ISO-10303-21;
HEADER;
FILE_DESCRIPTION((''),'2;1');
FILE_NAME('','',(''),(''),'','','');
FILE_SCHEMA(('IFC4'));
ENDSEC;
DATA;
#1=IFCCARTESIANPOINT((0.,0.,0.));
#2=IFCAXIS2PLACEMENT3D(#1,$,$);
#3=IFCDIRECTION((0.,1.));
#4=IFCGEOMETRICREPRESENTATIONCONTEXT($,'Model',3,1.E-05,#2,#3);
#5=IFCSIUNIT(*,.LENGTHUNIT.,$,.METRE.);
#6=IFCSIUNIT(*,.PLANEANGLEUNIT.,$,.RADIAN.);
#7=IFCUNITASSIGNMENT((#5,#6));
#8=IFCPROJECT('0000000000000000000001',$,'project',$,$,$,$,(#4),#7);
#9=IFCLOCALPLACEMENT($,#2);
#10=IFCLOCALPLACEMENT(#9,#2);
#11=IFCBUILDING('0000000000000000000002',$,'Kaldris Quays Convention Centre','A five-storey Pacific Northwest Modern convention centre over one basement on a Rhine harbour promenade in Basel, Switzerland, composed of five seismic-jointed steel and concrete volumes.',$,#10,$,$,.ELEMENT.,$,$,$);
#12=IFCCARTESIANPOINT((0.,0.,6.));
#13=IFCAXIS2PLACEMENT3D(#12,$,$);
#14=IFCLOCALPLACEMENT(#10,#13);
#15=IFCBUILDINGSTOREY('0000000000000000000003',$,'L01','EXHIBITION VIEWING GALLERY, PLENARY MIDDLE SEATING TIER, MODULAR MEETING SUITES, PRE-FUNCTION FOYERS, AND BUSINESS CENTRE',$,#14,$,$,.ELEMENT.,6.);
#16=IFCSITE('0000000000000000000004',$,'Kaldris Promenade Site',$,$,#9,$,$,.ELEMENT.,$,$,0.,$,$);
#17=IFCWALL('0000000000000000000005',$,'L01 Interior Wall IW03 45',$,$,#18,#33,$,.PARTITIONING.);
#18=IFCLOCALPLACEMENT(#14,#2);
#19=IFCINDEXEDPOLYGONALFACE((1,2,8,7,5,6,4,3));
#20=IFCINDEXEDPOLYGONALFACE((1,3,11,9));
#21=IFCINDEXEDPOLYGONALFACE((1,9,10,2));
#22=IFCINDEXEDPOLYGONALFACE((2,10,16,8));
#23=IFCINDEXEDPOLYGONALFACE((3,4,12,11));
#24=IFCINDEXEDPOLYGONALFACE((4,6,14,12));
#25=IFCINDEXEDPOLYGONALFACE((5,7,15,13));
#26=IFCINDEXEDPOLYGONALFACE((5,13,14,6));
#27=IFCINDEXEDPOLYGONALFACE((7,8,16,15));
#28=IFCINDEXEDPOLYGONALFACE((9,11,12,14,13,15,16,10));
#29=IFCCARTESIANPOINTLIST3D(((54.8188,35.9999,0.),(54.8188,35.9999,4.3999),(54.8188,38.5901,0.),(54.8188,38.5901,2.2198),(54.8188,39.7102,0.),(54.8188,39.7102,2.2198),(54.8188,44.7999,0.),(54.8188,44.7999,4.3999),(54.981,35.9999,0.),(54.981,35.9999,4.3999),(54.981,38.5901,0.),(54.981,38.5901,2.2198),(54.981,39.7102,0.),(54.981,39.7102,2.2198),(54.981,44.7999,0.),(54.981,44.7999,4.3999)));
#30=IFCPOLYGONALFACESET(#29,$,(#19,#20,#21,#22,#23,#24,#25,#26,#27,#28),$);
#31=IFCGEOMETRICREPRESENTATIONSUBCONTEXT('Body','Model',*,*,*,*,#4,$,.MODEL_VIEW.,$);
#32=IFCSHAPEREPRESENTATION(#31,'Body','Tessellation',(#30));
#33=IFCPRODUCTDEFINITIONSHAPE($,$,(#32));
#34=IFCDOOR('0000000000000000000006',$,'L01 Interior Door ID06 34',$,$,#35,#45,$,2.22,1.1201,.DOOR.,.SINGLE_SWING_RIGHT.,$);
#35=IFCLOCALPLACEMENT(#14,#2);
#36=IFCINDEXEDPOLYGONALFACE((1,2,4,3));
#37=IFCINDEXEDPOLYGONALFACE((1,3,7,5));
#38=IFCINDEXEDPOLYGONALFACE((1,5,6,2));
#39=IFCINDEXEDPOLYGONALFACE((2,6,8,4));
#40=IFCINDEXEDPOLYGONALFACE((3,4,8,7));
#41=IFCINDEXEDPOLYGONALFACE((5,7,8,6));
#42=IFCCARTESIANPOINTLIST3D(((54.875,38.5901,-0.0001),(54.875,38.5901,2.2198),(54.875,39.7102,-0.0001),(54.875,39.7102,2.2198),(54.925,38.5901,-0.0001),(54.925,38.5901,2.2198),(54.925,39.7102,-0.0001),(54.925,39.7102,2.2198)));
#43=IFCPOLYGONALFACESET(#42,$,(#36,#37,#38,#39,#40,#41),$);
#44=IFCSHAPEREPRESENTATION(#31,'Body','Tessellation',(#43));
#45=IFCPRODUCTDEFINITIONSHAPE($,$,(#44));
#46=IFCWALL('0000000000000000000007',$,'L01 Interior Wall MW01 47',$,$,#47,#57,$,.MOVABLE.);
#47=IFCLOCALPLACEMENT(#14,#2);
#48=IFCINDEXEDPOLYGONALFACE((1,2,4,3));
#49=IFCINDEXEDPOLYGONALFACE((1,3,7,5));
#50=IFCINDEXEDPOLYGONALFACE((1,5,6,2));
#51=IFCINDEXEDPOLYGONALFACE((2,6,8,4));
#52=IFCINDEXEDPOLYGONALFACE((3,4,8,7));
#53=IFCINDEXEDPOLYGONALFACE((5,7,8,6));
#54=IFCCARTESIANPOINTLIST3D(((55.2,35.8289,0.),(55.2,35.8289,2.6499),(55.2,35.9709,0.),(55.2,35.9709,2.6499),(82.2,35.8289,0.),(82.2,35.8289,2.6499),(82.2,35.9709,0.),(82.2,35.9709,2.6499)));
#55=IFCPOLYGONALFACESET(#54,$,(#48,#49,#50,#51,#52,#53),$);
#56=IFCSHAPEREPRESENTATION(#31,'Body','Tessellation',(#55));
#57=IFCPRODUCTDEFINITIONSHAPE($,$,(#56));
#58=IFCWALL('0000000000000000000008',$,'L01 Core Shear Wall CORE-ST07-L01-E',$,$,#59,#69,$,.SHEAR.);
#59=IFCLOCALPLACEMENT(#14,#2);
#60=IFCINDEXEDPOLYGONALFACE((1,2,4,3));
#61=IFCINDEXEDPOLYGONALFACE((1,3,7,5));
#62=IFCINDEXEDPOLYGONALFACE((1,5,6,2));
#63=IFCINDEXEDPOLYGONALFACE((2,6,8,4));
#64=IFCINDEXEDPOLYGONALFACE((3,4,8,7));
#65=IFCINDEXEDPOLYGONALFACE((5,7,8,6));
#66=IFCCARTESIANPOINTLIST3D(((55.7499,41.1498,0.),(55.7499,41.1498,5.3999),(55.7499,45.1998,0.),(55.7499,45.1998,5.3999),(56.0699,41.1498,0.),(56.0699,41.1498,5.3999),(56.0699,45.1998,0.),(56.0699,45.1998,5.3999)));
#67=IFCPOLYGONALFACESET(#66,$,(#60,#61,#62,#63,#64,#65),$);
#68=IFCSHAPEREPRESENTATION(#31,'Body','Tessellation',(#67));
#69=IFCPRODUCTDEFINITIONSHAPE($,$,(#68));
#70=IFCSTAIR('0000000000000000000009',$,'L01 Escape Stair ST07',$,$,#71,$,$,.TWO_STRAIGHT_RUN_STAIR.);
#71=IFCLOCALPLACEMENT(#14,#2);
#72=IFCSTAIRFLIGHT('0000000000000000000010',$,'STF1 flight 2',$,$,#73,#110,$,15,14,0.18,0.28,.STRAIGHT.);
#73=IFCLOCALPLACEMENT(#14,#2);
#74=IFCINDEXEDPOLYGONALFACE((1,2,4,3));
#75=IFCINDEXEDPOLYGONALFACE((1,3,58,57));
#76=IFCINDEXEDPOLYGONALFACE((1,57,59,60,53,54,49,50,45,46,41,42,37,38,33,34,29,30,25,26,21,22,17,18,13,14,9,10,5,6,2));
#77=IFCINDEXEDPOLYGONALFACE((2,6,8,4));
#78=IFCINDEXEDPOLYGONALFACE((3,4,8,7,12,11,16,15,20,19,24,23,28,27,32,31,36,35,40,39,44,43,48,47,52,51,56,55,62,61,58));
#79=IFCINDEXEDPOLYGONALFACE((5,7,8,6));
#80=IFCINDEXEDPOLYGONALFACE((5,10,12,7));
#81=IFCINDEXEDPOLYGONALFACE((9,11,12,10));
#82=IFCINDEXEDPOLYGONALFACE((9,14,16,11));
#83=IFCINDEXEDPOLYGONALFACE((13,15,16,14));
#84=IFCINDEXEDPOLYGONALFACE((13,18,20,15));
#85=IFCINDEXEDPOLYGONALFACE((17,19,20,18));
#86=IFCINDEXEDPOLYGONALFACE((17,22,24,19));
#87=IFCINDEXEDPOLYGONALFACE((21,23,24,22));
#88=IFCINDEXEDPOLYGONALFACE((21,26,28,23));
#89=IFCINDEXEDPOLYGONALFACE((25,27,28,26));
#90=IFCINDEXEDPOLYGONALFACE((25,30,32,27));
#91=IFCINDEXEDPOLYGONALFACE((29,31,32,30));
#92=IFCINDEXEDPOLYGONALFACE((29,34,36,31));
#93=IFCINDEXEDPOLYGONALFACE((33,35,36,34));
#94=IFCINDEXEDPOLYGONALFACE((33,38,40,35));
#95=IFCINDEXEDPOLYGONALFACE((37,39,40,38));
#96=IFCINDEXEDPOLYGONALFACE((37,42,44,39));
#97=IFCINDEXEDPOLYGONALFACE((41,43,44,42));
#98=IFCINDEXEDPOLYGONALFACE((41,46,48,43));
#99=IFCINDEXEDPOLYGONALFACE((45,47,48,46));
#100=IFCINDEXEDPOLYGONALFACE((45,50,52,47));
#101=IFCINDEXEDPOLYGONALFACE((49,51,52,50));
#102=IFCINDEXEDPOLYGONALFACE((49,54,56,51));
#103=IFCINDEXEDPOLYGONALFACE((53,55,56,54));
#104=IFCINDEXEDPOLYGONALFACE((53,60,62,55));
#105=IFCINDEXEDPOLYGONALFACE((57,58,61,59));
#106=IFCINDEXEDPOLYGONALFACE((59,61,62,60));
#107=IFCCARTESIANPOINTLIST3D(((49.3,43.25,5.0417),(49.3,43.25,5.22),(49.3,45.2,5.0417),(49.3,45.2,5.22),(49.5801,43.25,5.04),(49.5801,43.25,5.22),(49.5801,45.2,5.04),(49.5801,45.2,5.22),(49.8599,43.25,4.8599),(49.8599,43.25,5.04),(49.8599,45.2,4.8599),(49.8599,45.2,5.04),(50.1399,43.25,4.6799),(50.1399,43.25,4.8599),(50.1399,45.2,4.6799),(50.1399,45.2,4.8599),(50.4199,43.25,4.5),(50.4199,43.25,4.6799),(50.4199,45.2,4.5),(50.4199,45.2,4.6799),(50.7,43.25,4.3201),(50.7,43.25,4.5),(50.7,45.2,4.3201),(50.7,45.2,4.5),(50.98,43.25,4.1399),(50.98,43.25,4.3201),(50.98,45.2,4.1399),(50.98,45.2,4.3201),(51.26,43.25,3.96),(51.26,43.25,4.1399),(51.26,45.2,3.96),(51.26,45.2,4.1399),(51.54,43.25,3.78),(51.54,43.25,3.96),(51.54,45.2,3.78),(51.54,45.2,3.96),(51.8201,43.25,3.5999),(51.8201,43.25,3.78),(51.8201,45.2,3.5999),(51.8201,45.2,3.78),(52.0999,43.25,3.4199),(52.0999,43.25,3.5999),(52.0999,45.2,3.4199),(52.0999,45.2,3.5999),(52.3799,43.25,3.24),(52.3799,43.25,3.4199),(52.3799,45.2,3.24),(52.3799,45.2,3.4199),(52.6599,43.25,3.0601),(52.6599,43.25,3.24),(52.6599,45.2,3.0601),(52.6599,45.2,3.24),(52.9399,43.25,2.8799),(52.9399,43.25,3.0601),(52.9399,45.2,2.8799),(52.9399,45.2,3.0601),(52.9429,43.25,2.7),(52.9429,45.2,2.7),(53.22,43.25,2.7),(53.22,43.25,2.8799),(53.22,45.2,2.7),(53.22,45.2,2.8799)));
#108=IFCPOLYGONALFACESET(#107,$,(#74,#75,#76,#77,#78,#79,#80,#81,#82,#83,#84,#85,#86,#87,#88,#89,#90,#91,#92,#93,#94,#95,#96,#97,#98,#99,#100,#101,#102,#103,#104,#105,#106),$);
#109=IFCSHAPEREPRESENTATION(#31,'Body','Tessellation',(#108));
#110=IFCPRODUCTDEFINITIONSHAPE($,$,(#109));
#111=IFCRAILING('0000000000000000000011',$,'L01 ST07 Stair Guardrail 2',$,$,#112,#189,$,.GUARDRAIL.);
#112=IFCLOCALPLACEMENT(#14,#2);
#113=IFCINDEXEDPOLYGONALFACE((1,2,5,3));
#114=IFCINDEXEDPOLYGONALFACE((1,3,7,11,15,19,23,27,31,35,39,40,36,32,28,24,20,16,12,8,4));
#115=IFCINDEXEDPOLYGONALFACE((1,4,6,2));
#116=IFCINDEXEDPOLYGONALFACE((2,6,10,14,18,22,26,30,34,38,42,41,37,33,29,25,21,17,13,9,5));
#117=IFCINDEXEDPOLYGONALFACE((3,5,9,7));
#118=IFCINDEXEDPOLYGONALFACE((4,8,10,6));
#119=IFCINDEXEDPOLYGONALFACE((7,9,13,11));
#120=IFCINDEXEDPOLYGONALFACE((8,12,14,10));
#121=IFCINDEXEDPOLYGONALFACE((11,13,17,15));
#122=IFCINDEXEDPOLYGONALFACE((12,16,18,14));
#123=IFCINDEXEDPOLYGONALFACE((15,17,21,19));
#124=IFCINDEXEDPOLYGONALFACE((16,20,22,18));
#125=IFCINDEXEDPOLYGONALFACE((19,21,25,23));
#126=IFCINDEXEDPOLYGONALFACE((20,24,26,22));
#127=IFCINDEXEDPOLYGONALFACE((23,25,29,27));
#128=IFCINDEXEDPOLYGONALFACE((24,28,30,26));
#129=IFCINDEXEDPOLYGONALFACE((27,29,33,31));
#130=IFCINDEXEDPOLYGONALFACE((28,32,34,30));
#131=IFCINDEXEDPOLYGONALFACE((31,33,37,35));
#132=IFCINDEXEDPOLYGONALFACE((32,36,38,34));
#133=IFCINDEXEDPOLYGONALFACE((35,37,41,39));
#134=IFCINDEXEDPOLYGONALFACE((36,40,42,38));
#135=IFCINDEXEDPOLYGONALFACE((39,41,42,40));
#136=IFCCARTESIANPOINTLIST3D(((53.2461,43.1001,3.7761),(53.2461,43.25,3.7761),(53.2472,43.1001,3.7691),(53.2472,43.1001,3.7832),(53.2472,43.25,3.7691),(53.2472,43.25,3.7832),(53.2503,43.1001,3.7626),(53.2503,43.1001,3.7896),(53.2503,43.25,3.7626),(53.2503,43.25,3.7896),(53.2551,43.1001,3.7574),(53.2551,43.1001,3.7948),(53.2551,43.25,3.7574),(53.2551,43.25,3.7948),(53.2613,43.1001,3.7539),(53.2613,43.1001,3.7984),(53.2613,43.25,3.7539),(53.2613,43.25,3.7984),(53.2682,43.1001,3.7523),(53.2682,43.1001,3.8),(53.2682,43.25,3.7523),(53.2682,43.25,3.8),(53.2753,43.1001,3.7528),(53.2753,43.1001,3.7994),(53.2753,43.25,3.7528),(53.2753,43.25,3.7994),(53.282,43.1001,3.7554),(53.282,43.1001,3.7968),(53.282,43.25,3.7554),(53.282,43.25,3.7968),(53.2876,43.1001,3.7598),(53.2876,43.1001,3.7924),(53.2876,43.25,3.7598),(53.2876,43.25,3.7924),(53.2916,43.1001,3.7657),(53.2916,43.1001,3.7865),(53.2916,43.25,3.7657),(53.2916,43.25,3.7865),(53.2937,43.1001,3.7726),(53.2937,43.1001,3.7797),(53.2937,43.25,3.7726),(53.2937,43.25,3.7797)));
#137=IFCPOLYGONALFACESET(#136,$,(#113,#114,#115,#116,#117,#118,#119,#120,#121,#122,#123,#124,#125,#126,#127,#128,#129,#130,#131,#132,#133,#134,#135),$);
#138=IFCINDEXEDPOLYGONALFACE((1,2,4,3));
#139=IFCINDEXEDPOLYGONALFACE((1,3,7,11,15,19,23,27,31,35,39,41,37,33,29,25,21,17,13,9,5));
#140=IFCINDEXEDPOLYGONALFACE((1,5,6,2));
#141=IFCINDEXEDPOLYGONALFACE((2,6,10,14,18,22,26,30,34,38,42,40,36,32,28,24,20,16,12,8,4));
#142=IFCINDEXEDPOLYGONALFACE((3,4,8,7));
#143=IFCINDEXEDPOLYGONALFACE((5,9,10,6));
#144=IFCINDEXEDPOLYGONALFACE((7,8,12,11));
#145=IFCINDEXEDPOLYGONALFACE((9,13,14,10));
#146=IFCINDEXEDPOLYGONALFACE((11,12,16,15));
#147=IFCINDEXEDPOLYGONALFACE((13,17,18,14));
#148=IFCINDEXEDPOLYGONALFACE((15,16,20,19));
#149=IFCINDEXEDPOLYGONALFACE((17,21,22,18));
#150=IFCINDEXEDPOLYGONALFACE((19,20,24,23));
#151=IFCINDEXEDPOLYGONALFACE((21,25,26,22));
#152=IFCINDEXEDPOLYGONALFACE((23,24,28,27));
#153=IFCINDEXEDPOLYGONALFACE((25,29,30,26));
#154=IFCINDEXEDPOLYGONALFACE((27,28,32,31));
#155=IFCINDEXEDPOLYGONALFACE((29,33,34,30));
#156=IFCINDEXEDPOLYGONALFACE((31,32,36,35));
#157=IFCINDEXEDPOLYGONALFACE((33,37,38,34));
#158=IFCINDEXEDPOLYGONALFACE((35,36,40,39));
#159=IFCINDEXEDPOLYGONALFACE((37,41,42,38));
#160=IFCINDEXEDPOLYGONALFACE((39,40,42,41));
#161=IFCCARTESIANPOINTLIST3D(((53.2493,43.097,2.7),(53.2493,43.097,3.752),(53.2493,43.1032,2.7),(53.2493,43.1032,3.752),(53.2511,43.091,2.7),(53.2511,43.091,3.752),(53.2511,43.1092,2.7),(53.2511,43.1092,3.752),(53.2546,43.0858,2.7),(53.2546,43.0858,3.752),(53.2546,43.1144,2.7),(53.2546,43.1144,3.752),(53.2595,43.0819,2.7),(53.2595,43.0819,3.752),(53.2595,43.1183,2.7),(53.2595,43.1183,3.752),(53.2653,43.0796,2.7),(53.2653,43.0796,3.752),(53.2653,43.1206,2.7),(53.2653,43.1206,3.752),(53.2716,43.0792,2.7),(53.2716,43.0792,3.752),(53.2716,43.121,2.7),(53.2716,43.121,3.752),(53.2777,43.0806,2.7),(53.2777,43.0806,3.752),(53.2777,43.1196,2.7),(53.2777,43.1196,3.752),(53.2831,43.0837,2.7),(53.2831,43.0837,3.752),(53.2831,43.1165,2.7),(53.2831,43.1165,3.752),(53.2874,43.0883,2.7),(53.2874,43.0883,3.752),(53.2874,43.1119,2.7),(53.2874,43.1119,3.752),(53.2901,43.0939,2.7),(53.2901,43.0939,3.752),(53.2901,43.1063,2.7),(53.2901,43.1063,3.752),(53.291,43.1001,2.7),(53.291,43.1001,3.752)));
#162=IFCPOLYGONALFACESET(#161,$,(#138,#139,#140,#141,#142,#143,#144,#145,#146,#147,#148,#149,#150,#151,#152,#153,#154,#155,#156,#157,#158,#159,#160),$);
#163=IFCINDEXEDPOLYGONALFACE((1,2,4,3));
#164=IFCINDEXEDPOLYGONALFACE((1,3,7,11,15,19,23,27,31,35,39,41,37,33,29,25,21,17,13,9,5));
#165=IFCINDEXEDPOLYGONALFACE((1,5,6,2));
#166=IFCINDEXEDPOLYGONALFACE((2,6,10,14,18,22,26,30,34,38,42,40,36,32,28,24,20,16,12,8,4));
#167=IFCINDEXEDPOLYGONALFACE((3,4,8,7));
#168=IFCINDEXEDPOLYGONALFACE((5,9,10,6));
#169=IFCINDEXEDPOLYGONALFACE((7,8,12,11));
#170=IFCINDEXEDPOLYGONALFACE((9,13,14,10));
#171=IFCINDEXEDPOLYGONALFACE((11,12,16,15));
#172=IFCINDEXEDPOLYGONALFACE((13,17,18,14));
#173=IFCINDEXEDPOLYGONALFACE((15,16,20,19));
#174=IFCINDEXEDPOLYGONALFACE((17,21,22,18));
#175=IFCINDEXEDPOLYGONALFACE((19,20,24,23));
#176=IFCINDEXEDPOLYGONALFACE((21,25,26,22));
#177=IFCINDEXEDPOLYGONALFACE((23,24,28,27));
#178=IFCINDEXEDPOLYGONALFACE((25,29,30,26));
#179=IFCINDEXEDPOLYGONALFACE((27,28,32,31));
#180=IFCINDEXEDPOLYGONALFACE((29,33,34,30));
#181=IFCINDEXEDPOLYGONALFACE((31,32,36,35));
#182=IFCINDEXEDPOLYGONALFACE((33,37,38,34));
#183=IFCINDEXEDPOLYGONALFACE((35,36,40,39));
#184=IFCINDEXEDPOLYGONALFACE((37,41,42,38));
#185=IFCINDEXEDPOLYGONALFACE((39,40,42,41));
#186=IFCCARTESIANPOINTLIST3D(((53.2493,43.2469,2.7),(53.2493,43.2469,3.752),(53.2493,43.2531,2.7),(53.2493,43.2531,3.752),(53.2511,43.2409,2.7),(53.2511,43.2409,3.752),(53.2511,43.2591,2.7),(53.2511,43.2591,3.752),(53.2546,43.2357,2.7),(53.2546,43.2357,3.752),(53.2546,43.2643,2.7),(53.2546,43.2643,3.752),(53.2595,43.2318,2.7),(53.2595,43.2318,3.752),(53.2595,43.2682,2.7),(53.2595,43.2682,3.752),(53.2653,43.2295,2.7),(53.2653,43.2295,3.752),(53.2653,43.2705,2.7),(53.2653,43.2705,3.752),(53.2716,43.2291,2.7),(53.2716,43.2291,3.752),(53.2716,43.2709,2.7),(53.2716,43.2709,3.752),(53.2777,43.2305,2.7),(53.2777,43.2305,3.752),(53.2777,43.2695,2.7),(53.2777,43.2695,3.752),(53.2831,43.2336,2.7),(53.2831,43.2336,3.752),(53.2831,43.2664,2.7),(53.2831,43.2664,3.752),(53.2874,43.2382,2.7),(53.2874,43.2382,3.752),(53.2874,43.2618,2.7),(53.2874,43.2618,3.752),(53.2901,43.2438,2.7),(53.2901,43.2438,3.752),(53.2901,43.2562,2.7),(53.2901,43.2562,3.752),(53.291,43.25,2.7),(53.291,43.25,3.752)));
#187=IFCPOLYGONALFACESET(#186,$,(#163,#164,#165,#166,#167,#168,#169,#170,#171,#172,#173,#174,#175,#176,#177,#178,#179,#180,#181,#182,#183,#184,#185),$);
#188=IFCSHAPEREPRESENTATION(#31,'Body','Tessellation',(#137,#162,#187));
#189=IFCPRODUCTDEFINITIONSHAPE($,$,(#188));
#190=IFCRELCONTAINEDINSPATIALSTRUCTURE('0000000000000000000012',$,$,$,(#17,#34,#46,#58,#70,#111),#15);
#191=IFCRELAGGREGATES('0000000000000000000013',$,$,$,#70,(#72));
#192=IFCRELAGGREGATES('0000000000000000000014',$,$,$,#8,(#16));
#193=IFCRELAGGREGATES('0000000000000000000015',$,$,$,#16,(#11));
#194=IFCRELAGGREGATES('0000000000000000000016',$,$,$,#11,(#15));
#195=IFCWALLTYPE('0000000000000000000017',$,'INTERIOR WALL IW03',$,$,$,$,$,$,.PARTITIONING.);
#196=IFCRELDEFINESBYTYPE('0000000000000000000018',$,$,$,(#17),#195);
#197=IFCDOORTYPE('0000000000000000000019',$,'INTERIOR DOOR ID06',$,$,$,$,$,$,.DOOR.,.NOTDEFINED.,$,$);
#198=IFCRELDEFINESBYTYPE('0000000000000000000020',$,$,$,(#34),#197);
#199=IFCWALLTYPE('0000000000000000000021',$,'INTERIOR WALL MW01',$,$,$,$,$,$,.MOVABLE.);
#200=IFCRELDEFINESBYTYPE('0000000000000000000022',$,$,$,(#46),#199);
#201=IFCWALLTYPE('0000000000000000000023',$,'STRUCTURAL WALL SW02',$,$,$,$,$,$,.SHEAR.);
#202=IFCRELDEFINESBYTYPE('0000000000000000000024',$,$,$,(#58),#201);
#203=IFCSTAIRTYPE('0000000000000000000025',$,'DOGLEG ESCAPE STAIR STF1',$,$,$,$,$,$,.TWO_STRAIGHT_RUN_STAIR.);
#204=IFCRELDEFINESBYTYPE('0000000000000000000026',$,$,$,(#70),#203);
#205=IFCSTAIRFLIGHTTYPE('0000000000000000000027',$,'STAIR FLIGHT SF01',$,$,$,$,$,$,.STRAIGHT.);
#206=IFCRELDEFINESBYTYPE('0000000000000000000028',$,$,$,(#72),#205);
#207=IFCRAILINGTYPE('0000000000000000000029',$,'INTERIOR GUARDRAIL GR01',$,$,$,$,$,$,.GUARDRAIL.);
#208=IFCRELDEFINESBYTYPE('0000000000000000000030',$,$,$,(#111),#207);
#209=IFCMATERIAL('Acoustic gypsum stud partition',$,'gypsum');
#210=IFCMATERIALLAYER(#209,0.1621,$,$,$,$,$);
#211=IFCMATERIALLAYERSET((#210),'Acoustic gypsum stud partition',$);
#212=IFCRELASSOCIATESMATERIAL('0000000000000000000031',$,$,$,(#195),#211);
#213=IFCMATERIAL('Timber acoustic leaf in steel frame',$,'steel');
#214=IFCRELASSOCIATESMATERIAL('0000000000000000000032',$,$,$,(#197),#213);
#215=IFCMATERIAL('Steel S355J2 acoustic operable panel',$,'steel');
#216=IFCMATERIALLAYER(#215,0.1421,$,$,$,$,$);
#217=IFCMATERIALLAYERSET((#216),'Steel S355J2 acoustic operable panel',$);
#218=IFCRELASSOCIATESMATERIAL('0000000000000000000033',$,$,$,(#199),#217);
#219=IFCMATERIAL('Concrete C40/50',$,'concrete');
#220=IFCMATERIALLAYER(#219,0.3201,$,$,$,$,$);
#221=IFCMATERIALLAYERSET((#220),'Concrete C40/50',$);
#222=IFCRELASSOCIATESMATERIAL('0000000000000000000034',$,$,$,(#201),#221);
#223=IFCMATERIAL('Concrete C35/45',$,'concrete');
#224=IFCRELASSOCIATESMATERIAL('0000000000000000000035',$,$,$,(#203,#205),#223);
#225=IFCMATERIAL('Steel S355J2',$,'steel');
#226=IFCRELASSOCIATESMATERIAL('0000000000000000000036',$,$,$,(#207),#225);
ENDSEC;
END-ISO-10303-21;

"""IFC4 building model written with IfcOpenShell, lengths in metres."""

from ifc_helpers import new_model, si_unit, direction, frame, frame_2d, origin, origin_2d, place, context, subcontext, project, spatial, polyline, rectangle, circle, outline, extrude, material, layer, layer_set, type_object, element, fill, aggregate, save


model = new_model("IFC4")

# Units and contexts
model_context = context("Model", 3, precision=1e-05, world=origin(), true_north=direction((0.0, 1.0)))
body_context = subcontext(model_context, "Body", "Model", "MODEL_VIEW")
ifc_project = project(units=[si_unit("LENGTHUNIT", "METRE"), si_unit("PLANEANGLEUNIT", "RADIAN")], contexts=[model_context])

# Site, building, storey
site_placement = place(None, origin())
site = spatial("IfcSite", under=ifc_project, at=site_placement, Name="Kaldris Promenade Site", CompositionType="ELEMENT", RefElevation=0.0)
building_placement = place(site_placement, origin())
building = spatial("IfcBuilding", under=site, at=building_placement, Name="Kaldris Quays Convention Centre", Description="A five-storey Pacific Northwest Modern convention centre over one basement on a Rhine harbour promenade in Basel, Switzerland, composed of five seismic-jointed steel and concrete volumes.", CompositionType="ELEMENT")
storey_placement = place(building_placement, frame((0.0, 0.0, 6.0)))
storey = spatial("IfcBuildingStorey", under=building, at=storey_placement, Name="L01", Description="EXHIBITION VIEWING GALLERY, PLENARY MIDDLE SEATING TIER, MODULAR MEETING SUITES, PRE-FUNCTION FOYERS, AND BUSINESS CENTRE", CompositionType="ELEMENT", Elevation=6.0)

# Shared definitions
ifc_material_1 = material(Name="Steel S355J2", Category="steel")

# Wall, opening, door
ifc_material_2 = material(Name="Acoustic gypsum stud partition", Category="gypsum")
ifc_layer_1 = layer(ifc_material_2, 0.1621)
ifc_layer_set_1 = layer_set([ifc_layer_1], Name="Acoustic gypsum stud partition")
wall_type_1 = type_object("IfcWallType", Name="INTERIOR WALL IW03", PredefinedType="PARTITIONING", material=ifc_layer_set_1)
wall_1_placement = place(storey_placement, frame((54.8999, 36.0, 0.0), z_axis=(0.0, 0.0, 1.0), x_axis=(0.0, 1.0, 0.0)))
wall_1 = element("IfcWall", 1, at=wall_1_placement, inside=storey, type_object=wall_type_1, Name="L01 Interior Wall IW03 45", PredefinedType="PARTITIONING", context=body_context, shape_type="SweptSolid", body=[
    extrude(rectangle(XDim=8.8, YDim=0.1621, at=frame_2d((4.3999, 0.0))), origin(), (0.0, 0.0, 1.0), 4.3999),
])
opening_placement = place(wall_1_placement, frame((2.5901, 0.0, 0.0)))
opening = element("IfcOpeningElement", 2, at=opening_placement, cuts=wall_1, PredefinedType="OPENING", context=body_context, shape_type="SweptSolid", body=[
    extrude(rectangle(XDim=1.1201, YDim=2.22, at=frame_2d((0.5601, 1.1099))), frame((0.0, 0.0911, 0.0), z_axis=(0.0, -1.0, 0.0), x_axis=(1.0, 0.0, 0.0)), (0.0, 0.0, 1.0), 0.1821),
])
ifc_material_3 = material(Name="Timber acoustic leaf in steel frame", Category="steel")
door_type = type_object("IfcDoorType", Name="INTERIOR DOOR ID06", OperationType="NOTDEFINED", PredefinedType="DOOR", material=ifc_material_3)
door_placement = place(opening_placement, origin())
door = element("IfcDoor", 3, at=door_placement, inside=storey, type_object=door_type, Name="L01 Interior Door ID06 34", OperationType="SINGLE_SWING_RIGHT", OverallHeight=2.22, OverallWidth=1.1201, PredefinedType="DOOR", context=body_context, shape_type="SweptSolid", body=[
    extrude(rectangle(XDim=1.1201, YDim=2.22, at=frame_2d((0.5601, 1.1099))), frame((0.0, 0.0249, 0.0), z_axis=(0.0, -1.0, 0.0), x_axis=(1.0, 0.0, 0.0)), (0.0, 0.0, 1.0), 0.05),
])
fill(opening, door)

# Walls
ifc_material_4 = material(Name="Steel S355J2 acoustic operable panel", Category="steel")
ifc_layer_2 = layer(ifc_material_4, 0.1421)
ifc_layer_set_2 = layer_set([ifc_layer_2], Name="Steel S355J2 acoustic operable panel")
wall_type_2 = type_object("IfcWallType", Name="INTERIOR WALL MW01", PredefinedType="MOVABLE", material=ifc_layer_set_2)
wall_2_placement = place(storey_placement, frame((55.2, 35.8999, 0.0), z_axis=(0.0, 0.0, 1.0), x_axis=(1.0, 0.0, 0.0)))
element("IfcWall", 4, at=wall_2_placement, inside=storey, type_object=wall_type_2, Name="L01 Interior Wall MW01 47", PredefinedType="MOVABLE", context=body_context, shape_type="SweptSolid", body=[
    extrude(rectangle(XDim=27.0, YDim=0.1421, at=frame_2d((13.5, 0.0))), origin(), (0.0, 0.0, 1.0), 2.6499),
])
ifc_material_5 = material(Name="Concrete C40/50", Category="concrete")
ifc_layer_3 = layer(ifc_material_5, 0.3201)
ifc_layer_set_3 = layer_set([ifc_layer_3], Name="Concrete C40/50")
wall_type_3 = type_object("IfcWallType", Name="STRUCTURAL WALL SW02", PredefinedType="SHEAR", material=ifc_layer_set_3)
wall_3_placement = place(storey_placement, frame((55.9099, 41.1499, 0.0), z_axis=(0.0, 0.0, 1.0), x_axis=(0.0, 1.0, 0.0)))
element("IfcWall", 5, at=wall_3_placement, inside=storey, type_object=wall_type_3, Name="L01 Core Shear Wall CORE-ST07-L01-E", PredefinedType="SHEAR", context=body_context, shape_type="SweptSolid", body=[
    extrude(rectangle(XDim=4.05, YDim=0.3201, at=frame_2d((2.0249, 0.0))), origin(), (0.0, 0.0, 1.0), 5.3999),
])

# Stair, stair flight
ifc_material_6 = material(Name="Concrete C35/45", Category="concrete")
stair_type = type_object("IfcStairType", Name="DOGLEG ESCAPE STAIR STF1", PredefinedType="TWO_STRAIGHT_RUN_STAIR", material=ifc_material_6)
stair_placement = place(storey_placement, origin())
stair = element("IfcStair", 6, at=stair_placement, inside=storey, type_object=stair_type, Name="L01 Escape Stair ST07", PredefinedType="TWO_STRAIGHT_RUN_STAIR")
stair_flight_type = type_object("IfcStairFlightType", Name="STAIR FLIGHT SF01", PredefinedType="STRAIGHT", material=ifc_material_6)
stair_flight_placement = place(storey_placement, frame((53.22, 44.2251, 2.7), z_axis=(0.0, 0.0, 1.0), x_axis=(-1.0, 0.0, 0.0)))
stair_flight = element("IfcStairFlight", 7, at=stair_flight_placement, type_object=stair_flight_type, Name="STF1 flight 2", NumberOfRisers=15, NumberOfTreads=14, PredefinedType="STRAIGHT", RiserHeight=0.18, TreadLength=0.28, context=body_context, shape_type="SweptSolid", body=[
    extrude(outline(polyline([(0.0, 0.0), (0.0, 0.1799), (0.28, 0.1799), (0.28, 0.3601), (0.5601, 0.3601), (0.5601, 0.54), (0.8401, 0.54), (0.8401, 0.72), (1.1201, 0.72), (1.1201, 0.8999), (1.3999, 0.8999), (1.3999, 1.0801), (1.6799, 1.0801), (1.6799, 1.26), (1.96, 1.26), (1.96, 1.4399), (2.24, 1.4399), (2.24, 1.6201), (2.52, 1.6201), (2.52, 1.8), (2.8, 1.8), (2.8, 1.98), (3.0801, 1.98), (3.0801, 2.1599), (3.3601, 2.1599), (3.3601, 2.3401), (3.6399, 2.3401), (3.6399, 2.52), (3.9199, 2.52), (3.9199, 2.7), (3.9199, 2.3418), (0.2771, 0.0), (0.0, 0.0)])), frame((0.0, 0.9751, 0.0), z_axis=(0.0, -1.0, 0.0), x_axis=(1.0, 0.0, 0.0)), (0.0, 0.0, 1.0), 1.95),
])
aggregate(stair, [stair_flight])

# Railing
railing_type_1 = type_object("IfcRailingType", Name="INTERIOR GUARDRAIL GR01", PredefinedType="GUARDRAIL", material=ifc_material_1)
railing_1_placement = place(storey_placement, frame((53.27, 43.1001, 2.7)))
element("IfcRailing", 8, at=railing_1_placement, inside=storey, type_object=railing_type_1, Name="L01 ST07 Stair Guardrail 2", PredefinedType="GUARDRAIL", context=body_context, shape_type="SweptSolid", body=[
    extrude(circle(Radius=0.0239, at=origin_2d()), frame((0.0, 0.0, 1.0762), z_axis=(0.0, 1.0, 0.0), x_axis=(-1.0, 0.0, 0.0)), (0.0, 0.0, 1.0), 0.1499),
    extrude(circle(Radius=0.021, at=origin_2d()), origin(), (0.0, 0.0, 1.0), 1.052),
    extrude(circle(Radius=0.021, at=origin_2d()), frame((0.0, 0.1499, 0.0)), (0.0, 0.0, 1.0), 1.052),
])

save(model, "model.ifc")
